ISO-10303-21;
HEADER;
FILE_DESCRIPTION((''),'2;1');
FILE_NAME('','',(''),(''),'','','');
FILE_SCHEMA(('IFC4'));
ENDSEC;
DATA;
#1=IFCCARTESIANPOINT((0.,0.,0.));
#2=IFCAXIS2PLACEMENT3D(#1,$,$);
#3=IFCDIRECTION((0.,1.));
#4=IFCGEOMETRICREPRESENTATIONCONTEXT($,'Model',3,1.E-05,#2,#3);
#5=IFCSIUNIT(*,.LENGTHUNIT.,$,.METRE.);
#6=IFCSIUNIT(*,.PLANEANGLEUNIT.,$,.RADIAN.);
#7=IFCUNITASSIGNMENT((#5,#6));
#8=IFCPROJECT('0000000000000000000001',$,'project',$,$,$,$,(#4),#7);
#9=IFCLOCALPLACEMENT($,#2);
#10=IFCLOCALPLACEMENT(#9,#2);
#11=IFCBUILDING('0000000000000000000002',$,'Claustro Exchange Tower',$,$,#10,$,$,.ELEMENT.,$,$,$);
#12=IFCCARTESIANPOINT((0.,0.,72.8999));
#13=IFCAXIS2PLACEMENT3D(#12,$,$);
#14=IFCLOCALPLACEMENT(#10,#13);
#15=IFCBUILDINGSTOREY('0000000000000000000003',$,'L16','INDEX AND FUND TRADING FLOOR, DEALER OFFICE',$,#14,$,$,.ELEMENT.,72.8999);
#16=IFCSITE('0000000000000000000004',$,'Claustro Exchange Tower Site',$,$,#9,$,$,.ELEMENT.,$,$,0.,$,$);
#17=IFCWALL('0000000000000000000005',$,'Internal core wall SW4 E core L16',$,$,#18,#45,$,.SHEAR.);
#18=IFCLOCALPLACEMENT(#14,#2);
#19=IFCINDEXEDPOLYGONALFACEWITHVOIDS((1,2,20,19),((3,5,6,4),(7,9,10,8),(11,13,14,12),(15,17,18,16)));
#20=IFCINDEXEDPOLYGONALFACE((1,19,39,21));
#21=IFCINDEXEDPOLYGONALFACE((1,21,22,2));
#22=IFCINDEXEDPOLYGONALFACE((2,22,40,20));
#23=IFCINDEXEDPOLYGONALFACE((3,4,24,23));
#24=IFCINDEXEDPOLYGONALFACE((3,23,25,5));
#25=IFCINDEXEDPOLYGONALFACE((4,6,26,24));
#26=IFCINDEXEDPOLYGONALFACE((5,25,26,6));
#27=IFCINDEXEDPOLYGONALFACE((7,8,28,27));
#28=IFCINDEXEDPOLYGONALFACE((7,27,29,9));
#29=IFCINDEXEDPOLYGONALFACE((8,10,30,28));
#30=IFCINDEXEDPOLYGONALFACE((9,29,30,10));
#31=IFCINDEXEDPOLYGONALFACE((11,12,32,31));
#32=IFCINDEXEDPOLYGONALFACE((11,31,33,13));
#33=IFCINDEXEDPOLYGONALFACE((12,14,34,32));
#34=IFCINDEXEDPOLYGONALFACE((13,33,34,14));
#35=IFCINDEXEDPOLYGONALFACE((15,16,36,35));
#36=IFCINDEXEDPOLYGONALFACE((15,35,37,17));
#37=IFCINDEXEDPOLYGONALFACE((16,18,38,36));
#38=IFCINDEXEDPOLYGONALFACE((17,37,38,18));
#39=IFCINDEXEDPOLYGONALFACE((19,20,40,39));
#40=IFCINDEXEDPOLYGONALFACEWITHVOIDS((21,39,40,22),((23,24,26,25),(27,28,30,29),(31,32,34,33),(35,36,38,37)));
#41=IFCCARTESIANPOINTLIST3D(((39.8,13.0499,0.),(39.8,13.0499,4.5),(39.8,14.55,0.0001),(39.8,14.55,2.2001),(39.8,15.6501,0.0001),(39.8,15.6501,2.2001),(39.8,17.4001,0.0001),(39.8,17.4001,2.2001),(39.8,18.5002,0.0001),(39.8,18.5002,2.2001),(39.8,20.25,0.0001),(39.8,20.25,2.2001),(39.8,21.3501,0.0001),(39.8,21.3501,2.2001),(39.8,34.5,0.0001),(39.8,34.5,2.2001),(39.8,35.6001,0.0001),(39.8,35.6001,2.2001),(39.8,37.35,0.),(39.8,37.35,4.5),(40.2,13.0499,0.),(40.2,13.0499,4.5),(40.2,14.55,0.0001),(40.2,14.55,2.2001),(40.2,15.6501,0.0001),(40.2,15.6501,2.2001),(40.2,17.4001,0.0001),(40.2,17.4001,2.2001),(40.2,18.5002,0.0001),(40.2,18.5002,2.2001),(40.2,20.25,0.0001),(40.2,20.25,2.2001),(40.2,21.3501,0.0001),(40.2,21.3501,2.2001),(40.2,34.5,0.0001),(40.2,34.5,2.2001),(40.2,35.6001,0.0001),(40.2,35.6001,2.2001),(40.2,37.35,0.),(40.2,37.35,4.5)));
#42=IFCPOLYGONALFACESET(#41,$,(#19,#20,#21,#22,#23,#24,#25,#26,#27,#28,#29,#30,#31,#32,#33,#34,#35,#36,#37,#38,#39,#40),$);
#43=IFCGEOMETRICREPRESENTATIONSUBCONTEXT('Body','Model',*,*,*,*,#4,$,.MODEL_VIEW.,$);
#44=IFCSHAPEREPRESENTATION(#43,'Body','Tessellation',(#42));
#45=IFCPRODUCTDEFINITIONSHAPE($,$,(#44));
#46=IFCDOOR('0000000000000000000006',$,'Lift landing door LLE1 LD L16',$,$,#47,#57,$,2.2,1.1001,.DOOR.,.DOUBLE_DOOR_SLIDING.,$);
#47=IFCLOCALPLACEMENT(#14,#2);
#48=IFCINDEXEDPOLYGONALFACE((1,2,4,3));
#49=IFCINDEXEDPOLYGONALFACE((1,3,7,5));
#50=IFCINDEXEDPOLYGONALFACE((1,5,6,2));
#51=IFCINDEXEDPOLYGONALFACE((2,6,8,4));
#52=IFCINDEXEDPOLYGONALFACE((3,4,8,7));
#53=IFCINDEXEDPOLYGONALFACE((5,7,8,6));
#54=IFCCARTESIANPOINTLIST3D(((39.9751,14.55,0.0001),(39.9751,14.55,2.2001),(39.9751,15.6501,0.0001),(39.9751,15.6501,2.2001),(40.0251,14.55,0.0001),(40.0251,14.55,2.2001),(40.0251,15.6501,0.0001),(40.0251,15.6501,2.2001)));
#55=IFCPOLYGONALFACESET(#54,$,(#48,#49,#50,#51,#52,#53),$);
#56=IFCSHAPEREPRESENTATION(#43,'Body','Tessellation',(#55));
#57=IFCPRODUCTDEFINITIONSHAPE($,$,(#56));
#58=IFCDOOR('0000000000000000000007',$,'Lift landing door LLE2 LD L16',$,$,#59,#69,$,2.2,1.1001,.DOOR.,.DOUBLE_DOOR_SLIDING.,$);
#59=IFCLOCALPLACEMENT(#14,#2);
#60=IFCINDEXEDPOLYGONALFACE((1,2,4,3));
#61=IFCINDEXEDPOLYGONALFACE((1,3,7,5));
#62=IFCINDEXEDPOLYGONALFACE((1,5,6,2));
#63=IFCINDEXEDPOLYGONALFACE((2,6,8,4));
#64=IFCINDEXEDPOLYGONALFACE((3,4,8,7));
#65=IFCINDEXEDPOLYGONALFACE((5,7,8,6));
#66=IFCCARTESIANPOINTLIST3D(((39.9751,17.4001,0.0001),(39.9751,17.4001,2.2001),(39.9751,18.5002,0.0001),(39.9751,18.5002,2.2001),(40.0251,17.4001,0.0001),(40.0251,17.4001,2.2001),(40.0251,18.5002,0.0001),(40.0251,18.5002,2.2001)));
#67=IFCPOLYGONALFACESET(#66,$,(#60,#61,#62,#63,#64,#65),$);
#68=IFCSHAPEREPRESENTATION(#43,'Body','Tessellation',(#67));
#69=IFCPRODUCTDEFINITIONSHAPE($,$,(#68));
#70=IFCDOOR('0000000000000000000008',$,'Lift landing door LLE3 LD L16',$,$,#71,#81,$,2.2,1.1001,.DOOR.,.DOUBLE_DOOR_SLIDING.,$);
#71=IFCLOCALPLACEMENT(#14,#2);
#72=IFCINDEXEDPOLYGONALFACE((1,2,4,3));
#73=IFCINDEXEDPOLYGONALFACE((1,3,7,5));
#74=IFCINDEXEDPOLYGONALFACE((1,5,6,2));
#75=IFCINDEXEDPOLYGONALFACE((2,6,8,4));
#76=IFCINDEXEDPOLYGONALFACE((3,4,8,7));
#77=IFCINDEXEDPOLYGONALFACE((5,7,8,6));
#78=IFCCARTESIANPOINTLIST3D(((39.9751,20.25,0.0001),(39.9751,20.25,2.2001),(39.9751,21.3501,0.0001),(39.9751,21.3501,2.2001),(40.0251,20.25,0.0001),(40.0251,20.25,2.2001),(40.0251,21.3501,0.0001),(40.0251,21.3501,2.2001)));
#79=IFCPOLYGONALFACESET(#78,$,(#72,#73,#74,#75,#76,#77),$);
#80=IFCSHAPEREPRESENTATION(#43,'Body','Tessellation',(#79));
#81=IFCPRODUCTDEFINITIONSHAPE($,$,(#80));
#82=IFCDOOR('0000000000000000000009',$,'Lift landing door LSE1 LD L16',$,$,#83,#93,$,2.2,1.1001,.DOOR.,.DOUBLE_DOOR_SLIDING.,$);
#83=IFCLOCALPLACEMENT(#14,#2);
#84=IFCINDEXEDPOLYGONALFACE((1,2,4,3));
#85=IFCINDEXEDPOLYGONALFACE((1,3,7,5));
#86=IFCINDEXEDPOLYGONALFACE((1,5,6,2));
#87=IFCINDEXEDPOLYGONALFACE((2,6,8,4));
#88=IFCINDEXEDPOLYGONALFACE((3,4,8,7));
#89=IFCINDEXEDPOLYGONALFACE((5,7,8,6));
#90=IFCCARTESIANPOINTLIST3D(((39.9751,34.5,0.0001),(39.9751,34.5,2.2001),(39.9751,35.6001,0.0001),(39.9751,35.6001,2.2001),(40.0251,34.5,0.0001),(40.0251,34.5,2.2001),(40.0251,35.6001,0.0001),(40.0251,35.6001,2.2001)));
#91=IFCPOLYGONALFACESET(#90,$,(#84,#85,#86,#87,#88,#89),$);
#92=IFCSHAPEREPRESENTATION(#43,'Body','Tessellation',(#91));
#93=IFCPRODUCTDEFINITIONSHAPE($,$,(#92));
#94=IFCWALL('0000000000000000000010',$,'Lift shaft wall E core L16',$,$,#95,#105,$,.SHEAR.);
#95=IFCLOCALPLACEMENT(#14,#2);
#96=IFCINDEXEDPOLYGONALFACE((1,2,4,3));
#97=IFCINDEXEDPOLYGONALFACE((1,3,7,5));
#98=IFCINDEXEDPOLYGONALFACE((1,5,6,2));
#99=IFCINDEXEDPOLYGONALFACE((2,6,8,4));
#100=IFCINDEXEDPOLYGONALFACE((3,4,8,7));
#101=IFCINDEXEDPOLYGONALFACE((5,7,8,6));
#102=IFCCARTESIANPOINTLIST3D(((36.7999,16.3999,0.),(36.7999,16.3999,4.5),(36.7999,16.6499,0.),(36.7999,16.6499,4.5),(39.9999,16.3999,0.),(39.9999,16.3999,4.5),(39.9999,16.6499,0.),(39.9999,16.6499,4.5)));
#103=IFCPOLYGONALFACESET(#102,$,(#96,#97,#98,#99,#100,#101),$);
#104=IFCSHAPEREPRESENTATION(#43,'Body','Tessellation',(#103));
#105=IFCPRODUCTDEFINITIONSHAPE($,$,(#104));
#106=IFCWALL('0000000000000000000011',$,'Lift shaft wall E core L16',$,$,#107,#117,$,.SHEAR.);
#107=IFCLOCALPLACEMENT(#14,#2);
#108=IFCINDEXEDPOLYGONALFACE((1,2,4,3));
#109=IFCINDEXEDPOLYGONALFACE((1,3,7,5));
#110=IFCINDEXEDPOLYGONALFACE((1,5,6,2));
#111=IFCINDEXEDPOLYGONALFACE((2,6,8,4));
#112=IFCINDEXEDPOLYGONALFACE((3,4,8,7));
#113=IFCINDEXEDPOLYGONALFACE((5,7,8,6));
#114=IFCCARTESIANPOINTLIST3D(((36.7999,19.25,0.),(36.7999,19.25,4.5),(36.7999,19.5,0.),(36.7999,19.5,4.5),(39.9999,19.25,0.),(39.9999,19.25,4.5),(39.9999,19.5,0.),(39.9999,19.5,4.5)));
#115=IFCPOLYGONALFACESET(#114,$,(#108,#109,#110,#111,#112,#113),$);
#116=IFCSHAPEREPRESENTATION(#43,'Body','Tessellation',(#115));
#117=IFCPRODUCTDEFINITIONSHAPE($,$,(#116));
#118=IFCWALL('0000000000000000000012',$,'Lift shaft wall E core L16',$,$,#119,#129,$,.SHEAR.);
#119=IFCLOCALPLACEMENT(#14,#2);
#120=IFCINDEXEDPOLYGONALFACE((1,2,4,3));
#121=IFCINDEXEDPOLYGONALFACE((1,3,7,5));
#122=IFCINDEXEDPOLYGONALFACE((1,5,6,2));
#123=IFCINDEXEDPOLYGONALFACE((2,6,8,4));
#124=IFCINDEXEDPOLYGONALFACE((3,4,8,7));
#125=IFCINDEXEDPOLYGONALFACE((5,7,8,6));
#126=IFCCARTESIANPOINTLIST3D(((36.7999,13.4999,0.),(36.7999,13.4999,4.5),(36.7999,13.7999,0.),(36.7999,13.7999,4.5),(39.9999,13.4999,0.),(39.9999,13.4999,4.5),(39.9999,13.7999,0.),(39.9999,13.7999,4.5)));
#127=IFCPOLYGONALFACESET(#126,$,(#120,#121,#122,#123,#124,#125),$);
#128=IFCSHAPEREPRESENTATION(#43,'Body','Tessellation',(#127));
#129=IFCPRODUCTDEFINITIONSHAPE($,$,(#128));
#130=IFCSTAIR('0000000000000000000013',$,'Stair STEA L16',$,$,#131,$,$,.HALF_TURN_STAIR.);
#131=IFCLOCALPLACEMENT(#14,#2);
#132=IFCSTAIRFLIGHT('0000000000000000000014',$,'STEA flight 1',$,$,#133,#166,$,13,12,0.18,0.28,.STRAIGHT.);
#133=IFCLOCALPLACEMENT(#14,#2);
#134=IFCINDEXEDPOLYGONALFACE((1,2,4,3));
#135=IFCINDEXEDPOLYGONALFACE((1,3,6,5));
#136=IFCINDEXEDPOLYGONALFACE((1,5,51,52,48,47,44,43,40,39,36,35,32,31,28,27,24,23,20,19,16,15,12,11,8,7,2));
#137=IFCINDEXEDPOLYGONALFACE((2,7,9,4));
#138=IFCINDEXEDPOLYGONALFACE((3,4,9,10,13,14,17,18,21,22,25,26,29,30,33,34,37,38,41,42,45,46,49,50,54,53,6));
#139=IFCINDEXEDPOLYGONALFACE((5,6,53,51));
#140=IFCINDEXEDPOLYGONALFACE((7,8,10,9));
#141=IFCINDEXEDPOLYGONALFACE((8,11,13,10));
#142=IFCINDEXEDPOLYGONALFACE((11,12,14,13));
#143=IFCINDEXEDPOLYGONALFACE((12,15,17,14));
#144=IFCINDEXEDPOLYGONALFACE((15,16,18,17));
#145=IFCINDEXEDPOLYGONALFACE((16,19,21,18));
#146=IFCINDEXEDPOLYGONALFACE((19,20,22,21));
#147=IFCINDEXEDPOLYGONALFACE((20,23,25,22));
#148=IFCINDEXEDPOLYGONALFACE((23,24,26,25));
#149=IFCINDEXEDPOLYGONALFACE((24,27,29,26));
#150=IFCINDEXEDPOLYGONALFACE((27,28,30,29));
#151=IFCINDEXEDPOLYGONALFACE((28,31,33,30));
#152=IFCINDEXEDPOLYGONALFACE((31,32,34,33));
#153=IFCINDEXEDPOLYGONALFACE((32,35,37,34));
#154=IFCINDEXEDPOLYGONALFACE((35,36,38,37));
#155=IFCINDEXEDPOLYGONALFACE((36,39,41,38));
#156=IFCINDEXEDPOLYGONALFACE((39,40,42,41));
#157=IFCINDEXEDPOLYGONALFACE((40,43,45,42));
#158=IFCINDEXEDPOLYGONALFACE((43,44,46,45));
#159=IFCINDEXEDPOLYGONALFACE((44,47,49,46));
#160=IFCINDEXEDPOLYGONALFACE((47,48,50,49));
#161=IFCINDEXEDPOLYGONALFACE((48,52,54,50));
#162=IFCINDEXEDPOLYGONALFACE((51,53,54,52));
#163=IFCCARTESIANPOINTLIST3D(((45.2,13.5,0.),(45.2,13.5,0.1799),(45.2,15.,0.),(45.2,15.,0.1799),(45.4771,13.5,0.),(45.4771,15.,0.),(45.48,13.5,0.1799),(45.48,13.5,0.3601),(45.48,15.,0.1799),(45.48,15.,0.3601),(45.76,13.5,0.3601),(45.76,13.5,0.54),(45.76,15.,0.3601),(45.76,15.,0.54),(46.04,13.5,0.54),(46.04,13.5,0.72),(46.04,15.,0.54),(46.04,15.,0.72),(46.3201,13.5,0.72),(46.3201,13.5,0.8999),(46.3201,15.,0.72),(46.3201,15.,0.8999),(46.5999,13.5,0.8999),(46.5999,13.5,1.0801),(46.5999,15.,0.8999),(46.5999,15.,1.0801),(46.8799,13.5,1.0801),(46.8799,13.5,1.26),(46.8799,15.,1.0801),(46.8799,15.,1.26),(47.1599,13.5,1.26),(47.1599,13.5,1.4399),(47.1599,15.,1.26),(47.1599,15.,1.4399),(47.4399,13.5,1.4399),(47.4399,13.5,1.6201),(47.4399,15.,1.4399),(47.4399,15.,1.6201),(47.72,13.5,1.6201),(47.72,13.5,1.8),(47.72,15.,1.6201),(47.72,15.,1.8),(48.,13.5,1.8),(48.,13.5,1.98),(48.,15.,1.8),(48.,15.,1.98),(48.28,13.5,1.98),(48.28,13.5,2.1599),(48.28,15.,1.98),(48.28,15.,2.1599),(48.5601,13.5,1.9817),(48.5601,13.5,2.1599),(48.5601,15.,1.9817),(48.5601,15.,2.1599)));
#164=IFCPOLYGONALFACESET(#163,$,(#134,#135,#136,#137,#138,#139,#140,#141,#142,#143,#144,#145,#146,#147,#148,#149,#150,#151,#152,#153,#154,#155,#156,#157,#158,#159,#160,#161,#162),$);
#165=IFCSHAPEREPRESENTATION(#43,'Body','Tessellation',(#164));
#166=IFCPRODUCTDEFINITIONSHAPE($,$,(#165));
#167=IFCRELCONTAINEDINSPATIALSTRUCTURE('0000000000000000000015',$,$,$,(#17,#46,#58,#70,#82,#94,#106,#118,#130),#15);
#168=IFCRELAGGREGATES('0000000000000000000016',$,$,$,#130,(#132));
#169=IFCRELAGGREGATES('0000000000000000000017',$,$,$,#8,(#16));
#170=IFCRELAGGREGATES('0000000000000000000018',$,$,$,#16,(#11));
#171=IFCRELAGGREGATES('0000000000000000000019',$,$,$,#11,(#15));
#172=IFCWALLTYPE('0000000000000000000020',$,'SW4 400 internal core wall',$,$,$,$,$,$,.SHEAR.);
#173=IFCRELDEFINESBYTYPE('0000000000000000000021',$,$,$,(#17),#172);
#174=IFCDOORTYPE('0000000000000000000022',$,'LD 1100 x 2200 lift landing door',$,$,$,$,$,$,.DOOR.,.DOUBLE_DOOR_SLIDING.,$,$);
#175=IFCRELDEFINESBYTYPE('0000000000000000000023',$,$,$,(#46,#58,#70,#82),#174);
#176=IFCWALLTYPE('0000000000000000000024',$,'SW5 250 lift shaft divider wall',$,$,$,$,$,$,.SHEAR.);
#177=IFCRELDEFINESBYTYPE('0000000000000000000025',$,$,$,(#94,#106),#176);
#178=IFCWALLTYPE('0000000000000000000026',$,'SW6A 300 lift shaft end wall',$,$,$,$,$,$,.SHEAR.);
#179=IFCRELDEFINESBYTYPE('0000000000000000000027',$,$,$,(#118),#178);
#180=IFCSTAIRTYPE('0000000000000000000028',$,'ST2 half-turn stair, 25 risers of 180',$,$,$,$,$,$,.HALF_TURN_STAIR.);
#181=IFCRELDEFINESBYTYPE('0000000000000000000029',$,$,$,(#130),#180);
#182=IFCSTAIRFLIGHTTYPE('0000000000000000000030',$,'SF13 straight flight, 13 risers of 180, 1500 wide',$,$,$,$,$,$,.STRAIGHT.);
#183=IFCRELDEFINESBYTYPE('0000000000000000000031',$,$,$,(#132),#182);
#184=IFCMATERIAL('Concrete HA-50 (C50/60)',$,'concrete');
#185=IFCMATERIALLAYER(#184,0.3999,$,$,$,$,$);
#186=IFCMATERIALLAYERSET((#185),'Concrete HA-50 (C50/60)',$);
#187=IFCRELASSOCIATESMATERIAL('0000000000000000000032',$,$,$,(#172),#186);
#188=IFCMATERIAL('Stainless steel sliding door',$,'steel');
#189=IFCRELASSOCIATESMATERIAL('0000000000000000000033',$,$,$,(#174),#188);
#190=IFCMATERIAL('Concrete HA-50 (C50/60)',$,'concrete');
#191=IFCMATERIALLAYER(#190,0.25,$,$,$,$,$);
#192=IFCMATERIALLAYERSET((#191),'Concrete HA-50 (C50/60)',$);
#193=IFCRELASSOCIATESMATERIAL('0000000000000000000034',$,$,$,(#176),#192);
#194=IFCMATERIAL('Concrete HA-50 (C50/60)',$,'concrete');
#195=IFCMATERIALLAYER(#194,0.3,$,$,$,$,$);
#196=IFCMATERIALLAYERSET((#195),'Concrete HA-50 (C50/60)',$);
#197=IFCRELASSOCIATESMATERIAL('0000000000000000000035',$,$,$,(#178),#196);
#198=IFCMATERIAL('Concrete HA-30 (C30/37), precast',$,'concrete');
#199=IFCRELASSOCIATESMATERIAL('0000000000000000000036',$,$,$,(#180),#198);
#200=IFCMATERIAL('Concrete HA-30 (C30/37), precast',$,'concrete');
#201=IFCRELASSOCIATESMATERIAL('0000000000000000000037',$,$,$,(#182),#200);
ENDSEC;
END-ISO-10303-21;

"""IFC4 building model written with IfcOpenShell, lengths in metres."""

from ifc_helpers import new_model, si_unit, direction, frame, frame_2d, origin, place, context, subcontext, project, spatial, polyline, rectangle, outline, extrude, material, layer, layer_set, type_object, element, fill, aggregate, save


model = new_model("IFC4")

# Units and contexts
model_context = context("Model", 3, precision=1e-05, world=origin(), true_north=direction((0.0, 1.0)))
body_context = subcontext(model_context, "Body", "Model", "MODEL_VIEW")
ifc_project = project(units=[si_unit("LENGTHUNIT", "METRE"), si_unit("PLANEANGLEUNIT", "RADIAN")], contexts=[model_context])

# Site, building, storey
site_placement = place(None, origin())
site = spatial("IfcSite", under=ifc_project, at=site_placement, Name="Claustro Exchange Tower Site", CompositionType="ELEMENT", RefElevation=0.0)
building_placement = place(site_placement, origin())
building = spatial("IfcBuilding", under=site, at=building_placement, Name="Claustro Exchange Tower", CompositionType="ELEMENT")
storey_placement = place(building_placement, frame((0.0, 0.0, 72.8999)))
storey = spatial("IfcBuildingStorey", under=building, at=storey_placement, Name="L16", Description="INDEX AND FUND TRADING FLOOR, DEALER OFFICE", CompositionType="ELEMENT", Elevation=72.8999)

# Wall, openings, doors
ifc_material_1 = material(Name="Concrete HA-50 (C50/60)", Category="concrete")
ifc_layer_1 = layer(ifc_material_1, 0.3999)
ifc_layer_set_1 = layer_set([ifc_layer_1], Name="Concrete HA-50 (C50/60)")
wall_type_1 = type_object("IfcWallType", Name="SW4 400 internal core wall", PredefinedType="SHEAR", material=ifc_layer_set_1)
ifc_material_2 = material(Name="Stainless steel sliding door", Category="steel")
door_type_1 = type_object("IfcDoorType", Name="LD 1100 x 2200 lift landing door", OperationType="DOUBLE_DOOR_SLIDING", PredefinedType="DOOR", material=ifc_material_2)
wall_1_placement = place(storey_placement, frame((40.0, 13.05, 0.0), z_axis=(0.0, 0.0, 1.0), x_axis=(0.0, 1.0, 0.0)))
wall_1 = element("IfcWall", 1, at=wall_1_placement, inside=storey, type_object=wall_type_1, Name="Internal core wall SW4 E core L16", PredefinedType="SHEAR", context=body_context, shape_type="SweptSolid", body=[
    extrude(rectangle(XDim=24.3, YDim=0.3999, at=frame_2d((12.1499, 0.0))), origin(), (0.0, 0.0, 1.0), 4.5),
])
opening_1_placement = place(wall_1_placement, frame((1.5, 0.0, 0.0)))
opening_1 = element("IfcOpeningElement", 2, at=opening_1_placement, cuts=wall_1, PredefinedType="OPENING", context=body_context, shape_type="SweptSolid", body=[
    extrude(rectangle(XDim=1.1001, YDim=2.2, at=frame_2d((0.55, 1.1001))), frame((0.0, 0.21, 0.0), z_axis=(0.0, -1.0, 0.0), x_axis=(1.0, 0.0, 0.0)), (0.0, 0.0, 1.0), 0.4199),
])
opening_2_placement = place(wall_1_placement, frame((4.3501, 0.0, 0.0)))
opening_2 = element("IfcOpeningElement", 3, at=opening_2_placement, cuts=wall_1, PredefinedType="OPENING", context=body_context, shape_type="SweptSolid", body=[
    extrude(rectangle(XDim=1.1001, YDim=2.2, at=frame_2d((0.55, 1.1001))), frame((0.0, 0.21, 0.0), z_axis=(0.0, -1.0, 0.0), x_axis=(1.0, 0.0, 0.0)), (0.0, 0.0, 1.0), 0.4199),
])
opening_3_placement = place(wall_1_placement, frame((7.2, 0.0, 0.0)))
opening_3 = element("IfcOpeningElement", 4, at=opening_3_placement, cuts=wall_1, PredefinedType="OPENING", context=body_context, shape_type="SweptSolid", body=[
    extrude(rectangle(XDim=1.1001, YDim=2.2, at=frame_2d((0.55, 1.1001))), frame((0.0, 0.21, 0.0), z_axis=(0.0, -1.0, 0.0), x_axis=(1.0, 0.0, 0.0)), (0.0, 0.0, 1.0), 0.4199),
])
opening_4_placement = place(wall_1_placement, frame((21.45, 0.0, 0.0)))
opening_4 = element("IfcOpeningElement", 5, at=opening_4_placement, cuts=wall_1, PredefinedType="OPENING", context=body_context, shape_type="SweptSolid", body=[
    extrude(rectangle(XDim=1.1001, YDim=2.2, at=frame_2d((0.55, 1.1001))), frame((0.0, 0.21, 0.0), z_axis=(0.0, -1.0, 0.0), x_axis=(1.0, 0.0, 0.0)), (0.0, 0.0, 1.0), 0.4199),
])
door_1_placement = place(opening_1_placement, origin())
door_1 = element("IfcDoor", 6, at=door_1_placement, inside=storey, type_object=door_type_1, Name="Lift landing door LLE1 LD L16", OperationType="DOUBLE_DOOR_SLIDING", OverallHeight=2.2, OverallWidth=1.1001, PredefinedType="DOOR", context=body_context, shape_type="SweptSolid", body=[
    extrude(rectangle(XDim=1.1001, YDim=2.2, at=frame_2d((0.55, 1.1001))), frame((0.0, 0.0249, 0.0), z_axis=(0.0, -1.0, 0.0), x_axis=(1.0, 0.0, 0.0)), (0.0, 0.0, 1.0), 0.05),
])
fill(opening_1, door_1)
door_2_placement = place(opening_2_placement, origin())
door_2 = element("IfcDoor", 7, at=door_2_placement, inside=storey, type_object=door_type_1, Name="Lift landing door LLE2 LD L16", OperationType="DOUBLE_DOOR_SLIDING", OverallHeight=2.2, OverallWidth=1.1001, PredefinedType="DOOR", context=body_context, shape_type="SweptSolid", body=[
    extrude(rectangle(XDim=1.1001, YDim=2.2, at=frame_2d((0.55, 1.1001))), frame((0.0, 0.0249, 0.0), z_axis=(0.0, -1.0, 0.0), x_axis=(1.0, 0.0, 0.0)), (0.0, 0.0, 1.0), 0.05),
])
fill(opening_2, door_2)
door_3_placement = place(opening_3_placement, origin())
door_3 = element("IfcDoor", 8, at=door_3_placement, inside=storey, type_object=door_type_1, Name="Lift landing door LLE3 LD L16", OperationType="DOUBLE_DOOR_SLIDING", OverallHeight=2.2, OverallWidth=1.1001, PredefinedType="DOOR", context=body_context, shape_type="SweptSolid", body=[
    extrude(rectangle(XDim=1.1001, YDim=2.2, at=frame_2d((0.55, 1.1001))), frame((0.0, 0.0249, 0.0), z_axis=(0.0, -1.0, 0.0), x_axis=(1.0, 0.0, 0.0)), (0.0, 0.0, 1.0), 0.05),
])
fill(opening_3, door_3)
door_4_placement = place(opening_4_placement, origin())
door_4 = element("IfcDoor", 9, at=door_4_placement, inside=storey, type_object=door_type_1, Name="Lift landing door LSE1 LD L16", OperationType="DOUBLE_DOOR_SLIDING", OverallHeight=2.2, OverallWidth=1.1001, PredefinedType="DOOR", context=body_context, shape_type="SweptSolid", body=[
    extrude(rectangle(XDim=1.1001, YDim=2.2, at=frame_2d((0.55, 1.1001))), frame((0.0, 0.0249, 0.0), z_axis=(0.0, -1.0, 0.0), x_axis=(1.0, 0.0, 0.0)), (0.0, 0.0, 1.0), 0.05),
])
fill(opening_4, door_4)

# Walls
ifc_material_3 = material(Name="Concrete HA-50 (C50/60)", Category="concrete")
ifc_layer_2 = layer(ifc_material_3, 0.25)
ifc_layer_set_2 = layer_set([ifc_layer_2], Name="Concrete HA-50 (C50/60)")
wall_type_2 = type_object("IfcWallType", Name="SW5 250 lift shaft divider wall", PredefinedType="SHEAR", material=ifc_layer_set_2)
for number, where, z_axis, x_axis, name in (
    (10, (40.0, 16.5249, 0.0), (0.0, 0.0, 1.0), (-1.0, 0.0, 0.0), "Lift shaft wall E core L16"),
    (11, (40.0, 19.375, 0.0), (0.0, 0.0, 1.0), (-1.0, 0.0, 0.0), "Lift shaft wall E core L16"),
):
    element("IfcWall", number, at=place(storey_placement, frame(where, z_axis=z_axis, x_axis=x_axis)), inside=storey, type_object=wall_type_2, Name=name, PredefinedType="SHEAR", context=body_context, shape_type="SweptSolid", body=[
        extrude(rectangle(XDim=3.2, YDim=0.25, at=frame_2d((1.6001, 0.0))), origin(), (0.0, 0.0, 1.0), 4.5),
    ])
ifc_material_4 = material(Name="Concrete HA-50 (C50/60)", Category="concrete")
ifc_layer_3 = layer(ifc_material_4, 0.3)
ifc_layer_set_3 = layer_set([ifc_layer_3], Name="Concrete HA-50 (C50/60)")
wall_type_3 = type_object("IfcWallType", Name="SW6A 300 lift shaft end wall", PredefinedType="SHEAR", material=ifc_layer_set_3)
wall_2_placement = place(storey_placement, frame((40.0, 13.6499, 0.0), z_axis=(0.0, 0.0, 1.0), x_axis=(-1.0, 0.0, 0.0)))
element("IfcWall", 12, at=wall_2_placement, inside=storey, type_object=wall_type_3, Name="Lift shaft wall E core L16", PredefinedType="SHEAR", context=body_context, shape_type="SweptSolid", body=[
    extrude(rectangle(XDim=3.2, YDim=0.3, at=frame_2d((1.6001, 0.0))), origin(), (0.0, 0.0, 1.0), 4.5),
])

# Stair, stair flight
ifc_material_5 = material(Name="Concrete HA-30 (C30/37), precast", Category="concrete")
stair_type = type_object("IfcStairType", Name="ST2 half-turn stair, 25 risers of 180", PredefinedType="HALF_TURN_STAIR", material=ifc_material_5)
stair_placement = place(storey_placement, origin())
stair = element("IfcStair", 13, at=stair_placement, inside=storey, type_object=stair_type, Name="Stair STEA L16", PredefinedType="HALF_TURN_STAIR")
ifc_material_6 = material(Name="Concrete HA-30 (C30/37), precast", Category="concrete")
stair_flight_type = type_object("IfcStairFlightType", Name="SF13 straight flight, 13 risers of 180, 1500 wide", PredefinedType="STRAIGHT", material=ifc_material_6)
stair_flight_placement = place(storey_placement, frame((45.2, 14.25, 0.0), z_axis=(0.0, 0.0, 1.0), x_axis=(1.0, 0.0, 0.0)))
stair_flight = element("IfcStairFlight", 14, at=stair_flight_placement, type_object=stair_flight_type, Name="STEA flight 1", NumberOfRisers=13, NumberOfTreads=12, PredefinedType="STRAIGHT", RiserHeight=0.18, TreadLength=0.28, context=body_context, shape_type="SweptSolid", body=[
    extrude(outline(polyline([(0.0, 0.0), (0.0, 0.1799), (0.28, 0.1799), (0.28, 0.3601), (0.5601, 0.3601), (0.5601, 0.54), (0.8401, 0.54), (0.8401, 0.72), (1.1201, 0.72), (1.1201, 0.8999), (1.3999, 0.8999), (1.3999, 1.0801), (1.6799, 1.0801), (1.6799, 1.26), (1.96, 1.26), (1.96, 1.4399), (2.24, 1.4399), (2.24, 1.6201), (2.52, 1.6201), (2.52, 1.8), (2.8, 1.8), (2.8, 1.98), (3.0801, 1.98), (3.0801, 2.1599), (3.3601, 2.1599), (3.3601, 2.3401), (3.3601, 1.9817), (0.2771, 0.0), (0.0, 0.0)])), frame((0.0, 0.75, 0.0), z_axis=(0.0, -1.0, 0.0), x_axis=(1.0, 0.0, 0.0)), (0.0, 0.0, 1.0), 1.5),
])
aggregate(stair, [stair_flight])

save(model, "model.ifc")
